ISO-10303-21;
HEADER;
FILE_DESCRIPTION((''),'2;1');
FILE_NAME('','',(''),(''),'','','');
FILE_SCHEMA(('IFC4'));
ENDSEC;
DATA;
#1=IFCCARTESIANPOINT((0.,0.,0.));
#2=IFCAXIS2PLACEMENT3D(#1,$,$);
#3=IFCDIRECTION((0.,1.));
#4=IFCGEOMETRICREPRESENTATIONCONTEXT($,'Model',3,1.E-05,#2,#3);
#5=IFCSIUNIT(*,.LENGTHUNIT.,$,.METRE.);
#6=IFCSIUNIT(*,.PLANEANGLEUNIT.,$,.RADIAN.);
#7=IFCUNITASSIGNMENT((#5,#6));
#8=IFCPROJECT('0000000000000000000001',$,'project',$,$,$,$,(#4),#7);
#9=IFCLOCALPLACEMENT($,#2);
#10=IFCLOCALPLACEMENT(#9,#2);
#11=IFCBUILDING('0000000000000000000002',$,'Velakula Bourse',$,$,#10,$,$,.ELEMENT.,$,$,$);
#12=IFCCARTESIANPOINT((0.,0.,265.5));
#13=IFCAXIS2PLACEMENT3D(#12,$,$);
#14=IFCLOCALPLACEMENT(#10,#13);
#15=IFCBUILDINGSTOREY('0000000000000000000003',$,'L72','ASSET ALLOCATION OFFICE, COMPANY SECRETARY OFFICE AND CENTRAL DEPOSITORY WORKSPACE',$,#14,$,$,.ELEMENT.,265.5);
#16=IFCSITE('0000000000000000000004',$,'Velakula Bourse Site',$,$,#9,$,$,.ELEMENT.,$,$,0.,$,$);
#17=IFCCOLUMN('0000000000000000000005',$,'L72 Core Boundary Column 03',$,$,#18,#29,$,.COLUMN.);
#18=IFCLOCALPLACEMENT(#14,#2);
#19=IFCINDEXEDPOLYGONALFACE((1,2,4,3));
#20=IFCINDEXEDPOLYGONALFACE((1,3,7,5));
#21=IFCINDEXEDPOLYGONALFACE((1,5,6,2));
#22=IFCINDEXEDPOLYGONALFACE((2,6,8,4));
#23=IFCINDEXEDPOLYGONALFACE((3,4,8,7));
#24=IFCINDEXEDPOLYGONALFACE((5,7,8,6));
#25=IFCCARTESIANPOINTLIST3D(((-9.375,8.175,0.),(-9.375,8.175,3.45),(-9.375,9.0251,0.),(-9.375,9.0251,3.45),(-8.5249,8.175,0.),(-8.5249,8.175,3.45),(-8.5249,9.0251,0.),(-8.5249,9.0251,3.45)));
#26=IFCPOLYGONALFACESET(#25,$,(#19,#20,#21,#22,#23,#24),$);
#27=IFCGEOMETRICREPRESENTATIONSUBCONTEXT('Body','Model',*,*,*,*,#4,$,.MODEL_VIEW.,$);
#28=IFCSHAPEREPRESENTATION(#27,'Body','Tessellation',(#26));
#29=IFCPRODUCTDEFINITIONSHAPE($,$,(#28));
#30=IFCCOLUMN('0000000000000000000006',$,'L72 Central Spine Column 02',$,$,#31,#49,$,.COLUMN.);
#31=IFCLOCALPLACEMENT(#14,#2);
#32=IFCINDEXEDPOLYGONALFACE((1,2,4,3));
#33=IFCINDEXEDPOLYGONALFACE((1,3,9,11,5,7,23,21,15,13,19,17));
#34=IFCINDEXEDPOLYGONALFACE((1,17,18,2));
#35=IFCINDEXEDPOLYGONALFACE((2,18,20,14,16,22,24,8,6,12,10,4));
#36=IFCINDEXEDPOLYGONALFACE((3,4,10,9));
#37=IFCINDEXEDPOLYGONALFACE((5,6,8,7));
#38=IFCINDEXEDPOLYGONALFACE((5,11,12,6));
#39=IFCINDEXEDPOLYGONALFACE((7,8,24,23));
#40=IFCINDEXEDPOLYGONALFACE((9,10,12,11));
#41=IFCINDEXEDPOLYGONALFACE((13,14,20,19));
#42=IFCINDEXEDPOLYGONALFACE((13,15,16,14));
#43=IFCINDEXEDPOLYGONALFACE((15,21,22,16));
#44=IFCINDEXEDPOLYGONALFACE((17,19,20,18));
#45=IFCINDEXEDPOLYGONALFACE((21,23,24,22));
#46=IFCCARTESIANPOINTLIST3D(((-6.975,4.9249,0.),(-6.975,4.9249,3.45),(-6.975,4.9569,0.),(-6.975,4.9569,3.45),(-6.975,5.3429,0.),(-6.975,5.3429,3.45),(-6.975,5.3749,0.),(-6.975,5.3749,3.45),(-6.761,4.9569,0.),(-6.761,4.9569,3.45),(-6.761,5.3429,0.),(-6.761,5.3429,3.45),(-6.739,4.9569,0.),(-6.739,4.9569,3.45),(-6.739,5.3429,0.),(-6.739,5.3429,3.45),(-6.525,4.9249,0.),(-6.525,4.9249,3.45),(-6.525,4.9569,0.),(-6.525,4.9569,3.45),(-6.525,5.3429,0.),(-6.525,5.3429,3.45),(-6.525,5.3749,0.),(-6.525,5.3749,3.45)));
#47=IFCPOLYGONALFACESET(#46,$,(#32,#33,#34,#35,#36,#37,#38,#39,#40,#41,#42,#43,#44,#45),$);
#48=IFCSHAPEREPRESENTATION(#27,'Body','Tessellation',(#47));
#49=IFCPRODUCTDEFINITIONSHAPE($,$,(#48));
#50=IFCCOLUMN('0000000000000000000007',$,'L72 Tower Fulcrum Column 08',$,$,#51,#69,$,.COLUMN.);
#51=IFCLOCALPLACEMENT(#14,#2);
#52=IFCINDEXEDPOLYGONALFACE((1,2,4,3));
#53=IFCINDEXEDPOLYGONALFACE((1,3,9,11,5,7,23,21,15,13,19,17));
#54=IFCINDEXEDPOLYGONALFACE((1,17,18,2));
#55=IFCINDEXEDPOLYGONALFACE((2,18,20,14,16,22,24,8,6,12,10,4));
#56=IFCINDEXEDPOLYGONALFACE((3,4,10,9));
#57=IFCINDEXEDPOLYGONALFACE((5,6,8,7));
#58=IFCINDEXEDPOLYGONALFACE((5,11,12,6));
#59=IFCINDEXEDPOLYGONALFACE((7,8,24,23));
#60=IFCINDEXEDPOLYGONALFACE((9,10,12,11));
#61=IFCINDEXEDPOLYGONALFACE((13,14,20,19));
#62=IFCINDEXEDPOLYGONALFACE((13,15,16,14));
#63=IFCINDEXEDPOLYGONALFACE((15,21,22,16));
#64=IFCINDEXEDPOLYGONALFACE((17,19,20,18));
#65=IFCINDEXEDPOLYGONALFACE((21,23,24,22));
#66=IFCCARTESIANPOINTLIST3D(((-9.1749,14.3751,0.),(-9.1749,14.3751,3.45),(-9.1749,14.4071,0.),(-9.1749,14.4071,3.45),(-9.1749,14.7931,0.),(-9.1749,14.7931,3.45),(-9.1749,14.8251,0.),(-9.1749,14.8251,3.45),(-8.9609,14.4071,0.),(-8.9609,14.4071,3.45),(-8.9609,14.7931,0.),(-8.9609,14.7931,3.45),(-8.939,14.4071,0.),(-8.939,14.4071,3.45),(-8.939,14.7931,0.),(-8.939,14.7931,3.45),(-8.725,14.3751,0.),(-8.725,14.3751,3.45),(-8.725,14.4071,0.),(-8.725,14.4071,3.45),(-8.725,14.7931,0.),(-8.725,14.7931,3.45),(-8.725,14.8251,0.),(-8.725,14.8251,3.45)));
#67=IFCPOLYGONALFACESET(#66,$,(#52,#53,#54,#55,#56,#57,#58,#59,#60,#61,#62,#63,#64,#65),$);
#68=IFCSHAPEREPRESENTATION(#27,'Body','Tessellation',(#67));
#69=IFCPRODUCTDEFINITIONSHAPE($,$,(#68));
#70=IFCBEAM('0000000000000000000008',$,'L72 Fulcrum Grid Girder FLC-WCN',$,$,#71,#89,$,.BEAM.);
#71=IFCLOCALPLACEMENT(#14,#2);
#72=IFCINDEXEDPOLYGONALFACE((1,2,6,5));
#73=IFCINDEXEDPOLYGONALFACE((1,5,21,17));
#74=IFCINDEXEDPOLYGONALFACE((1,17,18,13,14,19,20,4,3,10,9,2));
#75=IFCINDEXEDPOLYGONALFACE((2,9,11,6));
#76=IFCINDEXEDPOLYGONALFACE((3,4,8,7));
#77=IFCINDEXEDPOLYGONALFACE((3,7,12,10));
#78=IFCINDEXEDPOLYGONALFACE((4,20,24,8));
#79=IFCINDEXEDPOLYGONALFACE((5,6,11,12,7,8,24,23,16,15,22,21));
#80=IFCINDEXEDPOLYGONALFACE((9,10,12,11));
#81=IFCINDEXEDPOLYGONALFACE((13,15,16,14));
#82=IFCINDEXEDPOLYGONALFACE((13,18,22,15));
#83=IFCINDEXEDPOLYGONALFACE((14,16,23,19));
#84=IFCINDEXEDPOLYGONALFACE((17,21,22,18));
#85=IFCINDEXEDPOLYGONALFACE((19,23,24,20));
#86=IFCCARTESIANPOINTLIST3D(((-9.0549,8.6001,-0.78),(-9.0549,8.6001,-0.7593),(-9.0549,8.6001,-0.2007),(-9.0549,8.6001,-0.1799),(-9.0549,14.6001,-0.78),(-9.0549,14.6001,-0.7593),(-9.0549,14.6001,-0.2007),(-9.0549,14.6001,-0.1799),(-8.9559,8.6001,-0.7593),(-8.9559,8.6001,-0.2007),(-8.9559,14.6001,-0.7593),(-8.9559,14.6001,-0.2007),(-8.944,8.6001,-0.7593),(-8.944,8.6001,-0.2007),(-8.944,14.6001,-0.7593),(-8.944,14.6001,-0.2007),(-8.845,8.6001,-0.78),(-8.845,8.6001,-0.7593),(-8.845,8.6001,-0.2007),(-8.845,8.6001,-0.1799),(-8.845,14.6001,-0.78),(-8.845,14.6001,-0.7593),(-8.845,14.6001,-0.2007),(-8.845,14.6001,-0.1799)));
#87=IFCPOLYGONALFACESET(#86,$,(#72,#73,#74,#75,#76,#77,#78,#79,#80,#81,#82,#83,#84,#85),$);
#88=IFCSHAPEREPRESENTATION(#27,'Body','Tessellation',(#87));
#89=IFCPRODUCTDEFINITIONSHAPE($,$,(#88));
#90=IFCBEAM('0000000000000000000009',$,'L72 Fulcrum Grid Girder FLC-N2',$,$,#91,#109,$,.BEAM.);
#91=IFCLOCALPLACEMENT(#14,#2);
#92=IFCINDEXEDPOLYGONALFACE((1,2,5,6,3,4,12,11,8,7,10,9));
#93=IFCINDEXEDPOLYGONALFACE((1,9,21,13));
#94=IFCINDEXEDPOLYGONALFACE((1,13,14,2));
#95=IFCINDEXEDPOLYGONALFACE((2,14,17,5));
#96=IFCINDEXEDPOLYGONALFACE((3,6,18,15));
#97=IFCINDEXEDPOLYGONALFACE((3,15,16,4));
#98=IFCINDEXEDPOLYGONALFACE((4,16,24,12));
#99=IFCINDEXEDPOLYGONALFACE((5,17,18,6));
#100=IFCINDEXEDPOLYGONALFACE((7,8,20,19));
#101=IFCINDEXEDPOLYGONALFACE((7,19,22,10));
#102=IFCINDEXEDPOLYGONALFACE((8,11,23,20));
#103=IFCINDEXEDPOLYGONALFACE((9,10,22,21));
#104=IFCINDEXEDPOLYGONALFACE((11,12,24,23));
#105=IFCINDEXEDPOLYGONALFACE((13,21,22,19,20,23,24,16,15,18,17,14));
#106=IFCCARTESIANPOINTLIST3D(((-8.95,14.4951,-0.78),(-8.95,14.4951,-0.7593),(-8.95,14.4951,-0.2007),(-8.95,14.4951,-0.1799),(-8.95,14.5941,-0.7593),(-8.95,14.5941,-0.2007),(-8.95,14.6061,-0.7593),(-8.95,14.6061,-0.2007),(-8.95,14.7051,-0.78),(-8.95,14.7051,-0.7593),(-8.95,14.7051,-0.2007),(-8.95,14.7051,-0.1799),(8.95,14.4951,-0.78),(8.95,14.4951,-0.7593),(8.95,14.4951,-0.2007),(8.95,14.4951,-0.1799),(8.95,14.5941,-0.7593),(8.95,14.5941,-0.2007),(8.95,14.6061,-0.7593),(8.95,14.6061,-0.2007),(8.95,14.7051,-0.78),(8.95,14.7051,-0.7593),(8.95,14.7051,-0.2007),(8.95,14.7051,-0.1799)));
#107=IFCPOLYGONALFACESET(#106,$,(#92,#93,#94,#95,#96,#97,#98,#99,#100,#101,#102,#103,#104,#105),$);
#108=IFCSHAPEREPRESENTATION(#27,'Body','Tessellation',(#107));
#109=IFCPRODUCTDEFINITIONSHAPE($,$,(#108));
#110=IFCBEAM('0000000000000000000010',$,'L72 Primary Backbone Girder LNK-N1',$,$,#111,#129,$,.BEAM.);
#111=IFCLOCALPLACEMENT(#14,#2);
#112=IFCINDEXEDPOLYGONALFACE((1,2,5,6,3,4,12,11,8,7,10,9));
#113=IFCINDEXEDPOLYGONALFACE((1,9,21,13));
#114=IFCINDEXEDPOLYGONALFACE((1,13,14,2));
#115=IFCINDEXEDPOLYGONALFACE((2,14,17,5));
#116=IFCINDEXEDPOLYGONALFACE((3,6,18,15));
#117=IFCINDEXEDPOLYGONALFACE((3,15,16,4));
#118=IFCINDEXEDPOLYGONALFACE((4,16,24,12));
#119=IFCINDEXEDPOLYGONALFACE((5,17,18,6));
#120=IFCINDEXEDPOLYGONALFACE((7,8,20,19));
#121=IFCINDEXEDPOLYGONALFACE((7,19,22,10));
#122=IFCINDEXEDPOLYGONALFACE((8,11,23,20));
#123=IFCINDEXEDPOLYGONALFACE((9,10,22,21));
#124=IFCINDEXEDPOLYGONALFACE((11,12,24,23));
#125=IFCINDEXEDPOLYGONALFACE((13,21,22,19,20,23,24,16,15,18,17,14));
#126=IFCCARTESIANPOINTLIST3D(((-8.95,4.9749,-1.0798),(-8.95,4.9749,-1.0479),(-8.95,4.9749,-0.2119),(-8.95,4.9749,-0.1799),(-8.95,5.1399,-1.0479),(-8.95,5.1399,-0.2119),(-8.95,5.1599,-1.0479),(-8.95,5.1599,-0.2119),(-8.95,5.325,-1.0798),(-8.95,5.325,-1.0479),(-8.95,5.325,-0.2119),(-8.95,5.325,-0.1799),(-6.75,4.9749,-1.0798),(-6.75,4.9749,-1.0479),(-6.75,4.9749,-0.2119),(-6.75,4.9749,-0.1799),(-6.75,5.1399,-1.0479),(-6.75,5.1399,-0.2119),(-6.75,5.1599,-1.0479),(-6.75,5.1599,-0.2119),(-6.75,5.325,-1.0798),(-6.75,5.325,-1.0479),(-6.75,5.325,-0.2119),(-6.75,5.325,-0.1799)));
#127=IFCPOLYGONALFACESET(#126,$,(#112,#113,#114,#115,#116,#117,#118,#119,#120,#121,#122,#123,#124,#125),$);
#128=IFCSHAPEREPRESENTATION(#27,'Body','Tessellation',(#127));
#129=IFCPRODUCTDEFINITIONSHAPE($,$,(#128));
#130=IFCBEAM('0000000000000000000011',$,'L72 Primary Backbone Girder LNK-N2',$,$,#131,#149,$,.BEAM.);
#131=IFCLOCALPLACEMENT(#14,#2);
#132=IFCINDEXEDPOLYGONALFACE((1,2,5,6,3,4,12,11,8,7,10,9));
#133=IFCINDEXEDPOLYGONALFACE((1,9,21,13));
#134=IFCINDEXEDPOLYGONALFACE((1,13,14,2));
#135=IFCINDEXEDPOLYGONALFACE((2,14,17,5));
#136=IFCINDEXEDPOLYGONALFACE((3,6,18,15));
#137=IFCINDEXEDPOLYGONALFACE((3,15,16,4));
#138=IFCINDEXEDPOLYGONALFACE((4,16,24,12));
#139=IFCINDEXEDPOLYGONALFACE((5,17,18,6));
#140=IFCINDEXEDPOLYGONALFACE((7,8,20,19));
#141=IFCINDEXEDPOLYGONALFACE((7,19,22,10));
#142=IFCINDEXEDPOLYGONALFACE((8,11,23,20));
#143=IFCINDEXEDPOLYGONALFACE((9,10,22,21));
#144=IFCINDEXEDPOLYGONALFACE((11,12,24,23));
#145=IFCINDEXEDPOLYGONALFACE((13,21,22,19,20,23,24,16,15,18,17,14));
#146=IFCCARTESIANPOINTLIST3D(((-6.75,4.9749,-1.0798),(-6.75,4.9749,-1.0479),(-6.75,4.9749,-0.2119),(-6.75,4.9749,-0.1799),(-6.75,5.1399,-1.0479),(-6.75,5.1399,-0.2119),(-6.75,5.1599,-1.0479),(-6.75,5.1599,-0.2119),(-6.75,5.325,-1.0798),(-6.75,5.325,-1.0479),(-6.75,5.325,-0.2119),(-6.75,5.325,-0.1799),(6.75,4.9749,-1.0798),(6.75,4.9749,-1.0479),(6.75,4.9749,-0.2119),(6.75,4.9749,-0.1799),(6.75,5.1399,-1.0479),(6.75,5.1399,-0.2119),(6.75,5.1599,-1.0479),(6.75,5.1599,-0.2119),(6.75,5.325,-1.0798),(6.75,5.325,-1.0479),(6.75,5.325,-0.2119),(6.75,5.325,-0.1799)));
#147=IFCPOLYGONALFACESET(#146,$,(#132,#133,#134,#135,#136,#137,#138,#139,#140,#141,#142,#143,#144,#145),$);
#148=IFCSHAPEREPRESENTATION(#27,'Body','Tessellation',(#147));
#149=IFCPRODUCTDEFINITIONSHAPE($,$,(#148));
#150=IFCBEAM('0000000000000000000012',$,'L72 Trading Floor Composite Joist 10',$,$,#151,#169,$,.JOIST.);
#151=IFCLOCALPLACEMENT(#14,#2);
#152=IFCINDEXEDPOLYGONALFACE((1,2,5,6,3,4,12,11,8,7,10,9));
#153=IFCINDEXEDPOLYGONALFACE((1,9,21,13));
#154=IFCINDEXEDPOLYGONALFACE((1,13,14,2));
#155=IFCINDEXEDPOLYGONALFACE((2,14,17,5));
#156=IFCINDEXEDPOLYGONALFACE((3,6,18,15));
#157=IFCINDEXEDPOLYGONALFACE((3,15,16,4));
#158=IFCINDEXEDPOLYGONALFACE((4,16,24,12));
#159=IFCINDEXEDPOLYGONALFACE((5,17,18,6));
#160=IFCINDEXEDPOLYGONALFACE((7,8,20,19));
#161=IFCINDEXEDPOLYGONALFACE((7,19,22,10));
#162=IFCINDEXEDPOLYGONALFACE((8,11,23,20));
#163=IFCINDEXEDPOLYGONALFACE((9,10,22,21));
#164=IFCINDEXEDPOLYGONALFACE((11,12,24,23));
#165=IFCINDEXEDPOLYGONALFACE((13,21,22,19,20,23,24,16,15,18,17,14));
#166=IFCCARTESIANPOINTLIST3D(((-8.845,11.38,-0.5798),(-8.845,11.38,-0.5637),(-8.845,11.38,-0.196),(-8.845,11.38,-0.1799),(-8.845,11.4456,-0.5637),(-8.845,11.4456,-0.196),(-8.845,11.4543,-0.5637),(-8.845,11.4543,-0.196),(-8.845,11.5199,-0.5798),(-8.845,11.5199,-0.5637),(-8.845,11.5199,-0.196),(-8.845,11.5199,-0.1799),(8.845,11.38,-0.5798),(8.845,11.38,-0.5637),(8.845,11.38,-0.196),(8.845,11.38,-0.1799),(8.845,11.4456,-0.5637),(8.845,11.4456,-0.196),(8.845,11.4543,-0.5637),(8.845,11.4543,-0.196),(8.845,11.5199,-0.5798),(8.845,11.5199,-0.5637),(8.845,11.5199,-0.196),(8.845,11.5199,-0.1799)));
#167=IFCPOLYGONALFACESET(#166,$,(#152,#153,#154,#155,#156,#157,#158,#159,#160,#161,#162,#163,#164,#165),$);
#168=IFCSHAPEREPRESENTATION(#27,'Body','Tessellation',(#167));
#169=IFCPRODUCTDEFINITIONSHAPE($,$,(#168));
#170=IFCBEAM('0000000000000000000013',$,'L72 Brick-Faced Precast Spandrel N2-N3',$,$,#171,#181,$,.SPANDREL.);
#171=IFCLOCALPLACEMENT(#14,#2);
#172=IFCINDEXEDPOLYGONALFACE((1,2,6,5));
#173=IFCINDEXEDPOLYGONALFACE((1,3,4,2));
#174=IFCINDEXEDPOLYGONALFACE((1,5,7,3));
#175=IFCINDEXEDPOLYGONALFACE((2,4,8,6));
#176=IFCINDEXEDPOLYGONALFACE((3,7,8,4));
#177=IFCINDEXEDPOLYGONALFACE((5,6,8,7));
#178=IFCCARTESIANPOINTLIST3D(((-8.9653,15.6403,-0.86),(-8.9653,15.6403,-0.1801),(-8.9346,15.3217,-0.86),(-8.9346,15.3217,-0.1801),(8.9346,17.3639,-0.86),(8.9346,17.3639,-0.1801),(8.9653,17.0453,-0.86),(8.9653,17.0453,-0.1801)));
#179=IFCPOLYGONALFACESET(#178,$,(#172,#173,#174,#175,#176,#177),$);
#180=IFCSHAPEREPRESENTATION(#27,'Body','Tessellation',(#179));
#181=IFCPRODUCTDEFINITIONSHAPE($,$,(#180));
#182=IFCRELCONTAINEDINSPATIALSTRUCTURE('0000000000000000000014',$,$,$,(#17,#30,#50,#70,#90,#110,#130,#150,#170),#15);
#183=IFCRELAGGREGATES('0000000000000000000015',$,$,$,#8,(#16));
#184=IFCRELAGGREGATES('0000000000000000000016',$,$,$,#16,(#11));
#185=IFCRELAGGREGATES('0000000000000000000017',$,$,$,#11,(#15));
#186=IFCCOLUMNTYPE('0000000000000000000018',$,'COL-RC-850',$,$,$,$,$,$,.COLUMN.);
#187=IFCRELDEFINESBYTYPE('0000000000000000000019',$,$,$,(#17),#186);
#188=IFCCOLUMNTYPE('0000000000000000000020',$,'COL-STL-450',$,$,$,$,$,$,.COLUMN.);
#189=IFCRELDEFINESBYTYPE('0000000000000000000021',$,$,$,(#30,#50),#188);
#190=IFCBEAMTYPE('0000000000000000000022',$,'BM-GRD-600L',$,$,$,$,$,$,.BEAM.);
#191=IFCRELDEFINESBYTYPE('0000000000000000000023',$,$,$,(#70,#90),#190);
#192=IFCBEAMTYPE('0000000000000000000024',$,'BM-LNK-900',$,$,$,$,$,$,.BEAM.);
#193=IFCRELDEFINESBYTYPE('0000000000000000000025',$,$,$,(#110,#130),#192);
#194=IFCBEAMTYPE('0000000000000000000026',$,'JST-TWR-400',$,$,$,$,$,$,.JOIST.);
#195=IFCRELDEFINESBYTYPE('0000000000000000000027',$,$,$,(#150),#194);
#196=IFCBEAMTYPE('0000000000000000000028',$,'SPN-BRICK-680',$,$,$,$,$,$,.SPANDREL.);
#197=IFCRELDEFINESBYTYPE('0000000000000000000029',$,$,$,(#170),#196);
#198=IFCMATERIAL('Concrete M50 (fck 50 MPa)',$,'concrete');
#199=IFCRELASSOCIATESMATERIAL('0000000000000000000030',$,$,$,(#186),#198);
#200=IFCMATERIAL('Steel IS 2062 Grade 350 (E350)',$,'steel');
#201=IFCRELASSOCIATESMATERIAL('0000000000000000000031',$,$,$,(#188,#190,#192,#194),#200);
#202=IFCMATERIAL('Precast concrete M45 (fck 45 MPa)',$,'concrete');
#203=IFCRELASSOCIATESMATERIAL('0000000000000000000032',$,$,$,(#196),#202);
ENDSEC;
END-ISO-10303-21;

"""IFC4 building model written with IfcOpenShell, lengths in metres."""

from ifc_helpers import new_model, si_unit, direction, frame, origin, origin_2d, place, context, subcontext, project, spatial, rectangle, i_section, extrude, material, material_profile, profile_set, type_object, element, save


model = new_model("IFC4")

# Units and contexts
model_context = context("Model", 3, precision=1e-05, world=origin(), true_north=direction((0.0, 1.0)))
body_context = subcontext(model_context, "Body", "Model", "MODEL_VIEW")
ifc_project = project(units=[si_unit("LENGTHUNIT", "METRE"), si_unit("PLANEANGLEUNIT", "RADIAN")], contexts=[model_context])

# Site, building, storey
site_placement = place(None, origin())
site = spatial("IfcSite", under=ifc_project, at=site_placement, Name="Velakula Bourse Site", CompositionType="ELEMENT", RefElevation=0.0)
building_placement = place(site_placement, origin())
building = spatial("IfcBuilding", under=site, at=building_placement, Name="Velakula Bourse", CompositionType="ELEMENT")
storey_placement = place(building_placement, frame((0.0, 0.0, 265.5)))
storey = spatial("IfcBuildingStorey", under=building, at=storey_placement, Name="L72", Description="ASSET ALLOCATION OFFICE, COMPANY SECRETARY OFFICE AND CENTRAL DEPOSITORY WORKSPACE", CompositionType="ELEMENT", Elevation=265.5)

# Columns
ifc_material_1 = material(Name="Concrete M50 (fck 50 MPa)", Category="concrete")
ifc_material_profile_1 = material_profile(ifc_material_1, rectangle(XDim=0.8501, YDim=0.8501, at=origin_2d()), Name="Concrete M50 (fck 50 MPa)")
ifc_profile_set_1 = profile_set([ifc_material_profile_1], Name="Concrete M50 (fck 50 MPa)")
column_type_1 = type_object("IfcColumnType", Name="COL-RC-850", PredefinedType="COLUMN", material=ifc_profile_set_1)
column_placement = place(storey_placement, frame((-8.95, 8.6001, 0.0), z_axis=(0.0, 0.0, 1.0), x_axis=(1.0, 0.0, 0.0)))
element("IfcColumn", 1, at=column_placement, inside=storey, type_object=column_type_1, Name="L72 Core Boundary Column 03", PredefinedType="COLUMN", context=body_context, shape_type="SweptSolid", body=[
    extrude(rectangle(XDim=0.8501, YDim=0.8501, at=origin_2d()), origin(), (0.0, 0.0, 1.0), 3.45),
])
ifc_material_2 = material(Name="Steel IS 2062 Grade 350 (E350)", Category="steel")
ifc_material_profile_2 = material_profile(ifc_material_2, i_section(OverallWidth=0.45, OverallDepth=0.45, WebThickness=0.022, FlangeThickness=0.032, at=origin_2d()), Name="Steel IS 2062 Grade 350 (E350)")
ifc_profile_set_2 = profile_set([ifc_material_profile_2], Name="Steel IS 2062 Grade 350 (E350)")
column_type_2 = type_object("IfcColumnType", Name="COL-STL-450", PredefinedType="COLUMN", material=ifc_profile_set_2)
for number, where, z_axis, x_axis, name in (
    (2, (-6.75, 5.1499, 0.0), (0.0, 0.0, 1.0), (1.0, 0.0, 0.0), "L72 Central Spine Column 02"),
    (3, (-8.95, 14.6001, 0.0), (0.0, 0.0, 1.0), (1.0, 0.0, 0.0), "L72 Tower Fulcrum Column 08"),
):
    element("IfcColumn", number, at=place(storey_placement, frame(where, z_axis=z_axis, x_axis=x_axis)), inside=storey, type_object=column_type_2, Name=name, PredefinedType="COLUMN", context=body_context, shape_type="SweptSolid", body=[
        extrude(i_section(OverallWidth=0.45, OverallDepth=0.45, WebThickness=0.022, FlangeThickness=0.032, at=origin_2d()), origin(), (0.0, 0.0, 1.0), 3.45),
    ])

# Beams
ifc_material_profile_3 = material_profile(ifc_material_2, i_section(OverallWidth=0.21, OverallDepth=0.6001, WebThickness=0.012, FlangeThickness=0.0208, at=origin_2d()), Name="Steel IS 2062 Grade 350 (E350)")
ifc_profile_set_3 = profile_set([ifc_material_profile_3], Name="Steel IS 2062 Grade 350 (E350)")
beam_type_1 = type_object("IfcBeamType", Name="BM-GRD-600L", PredefinedType="BEAM", material=ifc_profile_set_3)
beam_1_placement = place(storey_placement, frame((-8.95, 8.6001, -0.48), z_axis=(0.0, 1.0, 0.0), x_axis=(-1.0, 0.0, 0.0)))
element("IfcBeam", 4, at=beam_1_placement, inside=storey, type_object=beam_type_1, Name="L72 Fulcrum Grid Girder FLC-WCN", PredefinedType="BEAM", context=body_context, shape_type="SweptSolid", body=[
    extrude(i_section(OverallWidth=0.21, OverallDepth=0.6001, WebThickness=0.012, FlangeThickness=0.0208, at=origin_2d()), origin(), (0.0, 0.0, 1.0), 6.0),
])
beam_2_placement = place(storey_placement, frame((-8.95, 14.6001, -0.48), z_axis=(1.0, 0.0, 0.0), x_axis=(0.0, 1.0, 0.0)))
element("IfcBeam", 5, at=beam_2_placement, inside=storey, type_object=beam_type_1, Name="L72 Fulcrum Grid Girder FLC-N2", PredefinedType="BEAM", context=body_context, shape_type="SweptSolid", body=[
    extrude(i_section(OverallWidth=0.21, OverallDepth=0.6001, WebThickness=0.012, FlangeThickness=0.0208, at=origin_2d()), origin(), (0.0, 0.0, 1.0), 17.8999),
])
ifc_material_profile_4 = material_profile(ifc_material_2, i_section(OverallWidth=0.3501, OverallDepth=0.8999, WebThickness=0.02, FlangeThickness=0.032, at=origin_2d()), Name="Steel IS 2062 Grade 350 (E350)")
ifc_profile_set_4 = profile_set([ifc_material_profile_4], Name="Steel IS 2062 Grade 350 (E350)")
beam_type_2 = type_object("IfcBeamType", Name="BM-LNK-900", PredefinedType="BEAM", material=ifc_profile_set_4)
beam_3_placement = place(storey_placement, frame((-8.95, 5.1499, -0.6299), z_axis=(1.0, 0.0, 0.0), x_axis=(0.0, 1.0, 0.0)))
element("IfcBeam", 6, at=beam_3_placement, inside=storey, type_object=beam_type_2, Name="L72 Primary Backbone Girder LNK-N1", PredefinedType="BEAM", context=body_context, shape_type="SweptSolid", body=[
    extrude(i_section(OverallWidth=0.3501, OverallDepth=0.8999, WebThickness=0.02, FlangeThickness=0.032, at=origin_2d()), origin(), (0.0, 0.0, 1.0), 2.2),
])
beam_4_placement = place(storey_placement, frame((-6.75, 5.1499, -0.6299), z_axis=(1.0, 0.0, 0.0), x_axis=(0.0, 1.0, 0.0)))
element("IfcBeam", 7, at=beam_4_placement, inside=storey, type_object=beam_type_2, Name="L72 Primary Backbone Girder LNK-N2", PredefinedType="BEAM", context=body_context, shape_type="SweptSolid", body=[
    extrude(i_section(OverallWidth=0.3501, OverallDepth=0.8999, WebThickness=0.02, FlangeThickness=0.032, at=origin_2d()), origin(), (0.0, 0.0, 1.0), 13.5),
])
ifc_material_profile_5 = material_profile(ifc_material_2, i_section(OverallWidth=0.1399, OverallDepth=0.3999, WebThickness=0.0088, FlangeThickness=0.0161, at=origin_2d()), Name="Steel IS 2062 Grade 350 (E350)")
ifc_profile_set_5 = profile_set([ifc_material_profile_5], Name="Steel IS 2062 Grade 350 (E350)")
beam_type_3 = type_object("IfcBeamType", Name="JST-TWR-400", PredefinedType="JOIST", material=ifc_profile_set_5)
beam_5_placement = place(storey_placement, frame((-8.845, 11.45, -0.3799), z_axis=(1.0, 0.0, 0.0), x_axis=(0.0, 1.0, 0.0)))
element("IfcBeam", 8, at=beam_5_placement, inside=storey, type_object=beam_type_3, Name="L72 Trading Floor Composite Joist 10", PredefinedType="JOIST", context=body_context, shape_type="SweptSolid", body=[
    extrude(i_section(OverallWidth=0.1399, OverallDepth=0.3999, WebThickness=0.0088, FlangeThickness=0.0161, at=origin_2d()), origin(), (0.0, 0.0, 1.0), 17.6899),
])
ifc_material_3 = material(Name="Precast concrete M45 (fck 45 MPa)", Category="concrete")
ifc_material_profile_6 = material_profile(ifc_material_3, rectangle(XDim=0.3201, YDim=0.6799, at=origin_2d()), Name="Precast concrete M45 (fck 45 MPa)")
ifc_profile_set_6 = profile_set([ifc_material_profile_6], Name="Precast concrete M45 (fck 45 MPa)")
beam_type_4 = type_object("IfcBeamType", Name="SPN-BRICK-680", PredefinedType="SPANDREL", material=ifc_profile_set_6)
beam_6_placement = place(storey_placement, frame((-8.95, 15.481, -0.52), z_axis=(0.995396, 0.09585, 0.0), x_axis=(-0.09585, 0.995396, 0.0)))
element("IfcBeam", 9, at=beam_6_placement, inside=storey, type_object=beam_type_4, Name="L72 Brick-Faced Precast Spandrel N2-N3", PredefinedType="SPANDREL", context=body_context, shape_type="SweptSolid", body=[
    extrude(rectangle(XDim=0.3201, YDim=0.6799, at=origin_2d()), origin(), (0.0, 0.0, 1.0), 17.9827),
])

save(model, "model.ifc")
